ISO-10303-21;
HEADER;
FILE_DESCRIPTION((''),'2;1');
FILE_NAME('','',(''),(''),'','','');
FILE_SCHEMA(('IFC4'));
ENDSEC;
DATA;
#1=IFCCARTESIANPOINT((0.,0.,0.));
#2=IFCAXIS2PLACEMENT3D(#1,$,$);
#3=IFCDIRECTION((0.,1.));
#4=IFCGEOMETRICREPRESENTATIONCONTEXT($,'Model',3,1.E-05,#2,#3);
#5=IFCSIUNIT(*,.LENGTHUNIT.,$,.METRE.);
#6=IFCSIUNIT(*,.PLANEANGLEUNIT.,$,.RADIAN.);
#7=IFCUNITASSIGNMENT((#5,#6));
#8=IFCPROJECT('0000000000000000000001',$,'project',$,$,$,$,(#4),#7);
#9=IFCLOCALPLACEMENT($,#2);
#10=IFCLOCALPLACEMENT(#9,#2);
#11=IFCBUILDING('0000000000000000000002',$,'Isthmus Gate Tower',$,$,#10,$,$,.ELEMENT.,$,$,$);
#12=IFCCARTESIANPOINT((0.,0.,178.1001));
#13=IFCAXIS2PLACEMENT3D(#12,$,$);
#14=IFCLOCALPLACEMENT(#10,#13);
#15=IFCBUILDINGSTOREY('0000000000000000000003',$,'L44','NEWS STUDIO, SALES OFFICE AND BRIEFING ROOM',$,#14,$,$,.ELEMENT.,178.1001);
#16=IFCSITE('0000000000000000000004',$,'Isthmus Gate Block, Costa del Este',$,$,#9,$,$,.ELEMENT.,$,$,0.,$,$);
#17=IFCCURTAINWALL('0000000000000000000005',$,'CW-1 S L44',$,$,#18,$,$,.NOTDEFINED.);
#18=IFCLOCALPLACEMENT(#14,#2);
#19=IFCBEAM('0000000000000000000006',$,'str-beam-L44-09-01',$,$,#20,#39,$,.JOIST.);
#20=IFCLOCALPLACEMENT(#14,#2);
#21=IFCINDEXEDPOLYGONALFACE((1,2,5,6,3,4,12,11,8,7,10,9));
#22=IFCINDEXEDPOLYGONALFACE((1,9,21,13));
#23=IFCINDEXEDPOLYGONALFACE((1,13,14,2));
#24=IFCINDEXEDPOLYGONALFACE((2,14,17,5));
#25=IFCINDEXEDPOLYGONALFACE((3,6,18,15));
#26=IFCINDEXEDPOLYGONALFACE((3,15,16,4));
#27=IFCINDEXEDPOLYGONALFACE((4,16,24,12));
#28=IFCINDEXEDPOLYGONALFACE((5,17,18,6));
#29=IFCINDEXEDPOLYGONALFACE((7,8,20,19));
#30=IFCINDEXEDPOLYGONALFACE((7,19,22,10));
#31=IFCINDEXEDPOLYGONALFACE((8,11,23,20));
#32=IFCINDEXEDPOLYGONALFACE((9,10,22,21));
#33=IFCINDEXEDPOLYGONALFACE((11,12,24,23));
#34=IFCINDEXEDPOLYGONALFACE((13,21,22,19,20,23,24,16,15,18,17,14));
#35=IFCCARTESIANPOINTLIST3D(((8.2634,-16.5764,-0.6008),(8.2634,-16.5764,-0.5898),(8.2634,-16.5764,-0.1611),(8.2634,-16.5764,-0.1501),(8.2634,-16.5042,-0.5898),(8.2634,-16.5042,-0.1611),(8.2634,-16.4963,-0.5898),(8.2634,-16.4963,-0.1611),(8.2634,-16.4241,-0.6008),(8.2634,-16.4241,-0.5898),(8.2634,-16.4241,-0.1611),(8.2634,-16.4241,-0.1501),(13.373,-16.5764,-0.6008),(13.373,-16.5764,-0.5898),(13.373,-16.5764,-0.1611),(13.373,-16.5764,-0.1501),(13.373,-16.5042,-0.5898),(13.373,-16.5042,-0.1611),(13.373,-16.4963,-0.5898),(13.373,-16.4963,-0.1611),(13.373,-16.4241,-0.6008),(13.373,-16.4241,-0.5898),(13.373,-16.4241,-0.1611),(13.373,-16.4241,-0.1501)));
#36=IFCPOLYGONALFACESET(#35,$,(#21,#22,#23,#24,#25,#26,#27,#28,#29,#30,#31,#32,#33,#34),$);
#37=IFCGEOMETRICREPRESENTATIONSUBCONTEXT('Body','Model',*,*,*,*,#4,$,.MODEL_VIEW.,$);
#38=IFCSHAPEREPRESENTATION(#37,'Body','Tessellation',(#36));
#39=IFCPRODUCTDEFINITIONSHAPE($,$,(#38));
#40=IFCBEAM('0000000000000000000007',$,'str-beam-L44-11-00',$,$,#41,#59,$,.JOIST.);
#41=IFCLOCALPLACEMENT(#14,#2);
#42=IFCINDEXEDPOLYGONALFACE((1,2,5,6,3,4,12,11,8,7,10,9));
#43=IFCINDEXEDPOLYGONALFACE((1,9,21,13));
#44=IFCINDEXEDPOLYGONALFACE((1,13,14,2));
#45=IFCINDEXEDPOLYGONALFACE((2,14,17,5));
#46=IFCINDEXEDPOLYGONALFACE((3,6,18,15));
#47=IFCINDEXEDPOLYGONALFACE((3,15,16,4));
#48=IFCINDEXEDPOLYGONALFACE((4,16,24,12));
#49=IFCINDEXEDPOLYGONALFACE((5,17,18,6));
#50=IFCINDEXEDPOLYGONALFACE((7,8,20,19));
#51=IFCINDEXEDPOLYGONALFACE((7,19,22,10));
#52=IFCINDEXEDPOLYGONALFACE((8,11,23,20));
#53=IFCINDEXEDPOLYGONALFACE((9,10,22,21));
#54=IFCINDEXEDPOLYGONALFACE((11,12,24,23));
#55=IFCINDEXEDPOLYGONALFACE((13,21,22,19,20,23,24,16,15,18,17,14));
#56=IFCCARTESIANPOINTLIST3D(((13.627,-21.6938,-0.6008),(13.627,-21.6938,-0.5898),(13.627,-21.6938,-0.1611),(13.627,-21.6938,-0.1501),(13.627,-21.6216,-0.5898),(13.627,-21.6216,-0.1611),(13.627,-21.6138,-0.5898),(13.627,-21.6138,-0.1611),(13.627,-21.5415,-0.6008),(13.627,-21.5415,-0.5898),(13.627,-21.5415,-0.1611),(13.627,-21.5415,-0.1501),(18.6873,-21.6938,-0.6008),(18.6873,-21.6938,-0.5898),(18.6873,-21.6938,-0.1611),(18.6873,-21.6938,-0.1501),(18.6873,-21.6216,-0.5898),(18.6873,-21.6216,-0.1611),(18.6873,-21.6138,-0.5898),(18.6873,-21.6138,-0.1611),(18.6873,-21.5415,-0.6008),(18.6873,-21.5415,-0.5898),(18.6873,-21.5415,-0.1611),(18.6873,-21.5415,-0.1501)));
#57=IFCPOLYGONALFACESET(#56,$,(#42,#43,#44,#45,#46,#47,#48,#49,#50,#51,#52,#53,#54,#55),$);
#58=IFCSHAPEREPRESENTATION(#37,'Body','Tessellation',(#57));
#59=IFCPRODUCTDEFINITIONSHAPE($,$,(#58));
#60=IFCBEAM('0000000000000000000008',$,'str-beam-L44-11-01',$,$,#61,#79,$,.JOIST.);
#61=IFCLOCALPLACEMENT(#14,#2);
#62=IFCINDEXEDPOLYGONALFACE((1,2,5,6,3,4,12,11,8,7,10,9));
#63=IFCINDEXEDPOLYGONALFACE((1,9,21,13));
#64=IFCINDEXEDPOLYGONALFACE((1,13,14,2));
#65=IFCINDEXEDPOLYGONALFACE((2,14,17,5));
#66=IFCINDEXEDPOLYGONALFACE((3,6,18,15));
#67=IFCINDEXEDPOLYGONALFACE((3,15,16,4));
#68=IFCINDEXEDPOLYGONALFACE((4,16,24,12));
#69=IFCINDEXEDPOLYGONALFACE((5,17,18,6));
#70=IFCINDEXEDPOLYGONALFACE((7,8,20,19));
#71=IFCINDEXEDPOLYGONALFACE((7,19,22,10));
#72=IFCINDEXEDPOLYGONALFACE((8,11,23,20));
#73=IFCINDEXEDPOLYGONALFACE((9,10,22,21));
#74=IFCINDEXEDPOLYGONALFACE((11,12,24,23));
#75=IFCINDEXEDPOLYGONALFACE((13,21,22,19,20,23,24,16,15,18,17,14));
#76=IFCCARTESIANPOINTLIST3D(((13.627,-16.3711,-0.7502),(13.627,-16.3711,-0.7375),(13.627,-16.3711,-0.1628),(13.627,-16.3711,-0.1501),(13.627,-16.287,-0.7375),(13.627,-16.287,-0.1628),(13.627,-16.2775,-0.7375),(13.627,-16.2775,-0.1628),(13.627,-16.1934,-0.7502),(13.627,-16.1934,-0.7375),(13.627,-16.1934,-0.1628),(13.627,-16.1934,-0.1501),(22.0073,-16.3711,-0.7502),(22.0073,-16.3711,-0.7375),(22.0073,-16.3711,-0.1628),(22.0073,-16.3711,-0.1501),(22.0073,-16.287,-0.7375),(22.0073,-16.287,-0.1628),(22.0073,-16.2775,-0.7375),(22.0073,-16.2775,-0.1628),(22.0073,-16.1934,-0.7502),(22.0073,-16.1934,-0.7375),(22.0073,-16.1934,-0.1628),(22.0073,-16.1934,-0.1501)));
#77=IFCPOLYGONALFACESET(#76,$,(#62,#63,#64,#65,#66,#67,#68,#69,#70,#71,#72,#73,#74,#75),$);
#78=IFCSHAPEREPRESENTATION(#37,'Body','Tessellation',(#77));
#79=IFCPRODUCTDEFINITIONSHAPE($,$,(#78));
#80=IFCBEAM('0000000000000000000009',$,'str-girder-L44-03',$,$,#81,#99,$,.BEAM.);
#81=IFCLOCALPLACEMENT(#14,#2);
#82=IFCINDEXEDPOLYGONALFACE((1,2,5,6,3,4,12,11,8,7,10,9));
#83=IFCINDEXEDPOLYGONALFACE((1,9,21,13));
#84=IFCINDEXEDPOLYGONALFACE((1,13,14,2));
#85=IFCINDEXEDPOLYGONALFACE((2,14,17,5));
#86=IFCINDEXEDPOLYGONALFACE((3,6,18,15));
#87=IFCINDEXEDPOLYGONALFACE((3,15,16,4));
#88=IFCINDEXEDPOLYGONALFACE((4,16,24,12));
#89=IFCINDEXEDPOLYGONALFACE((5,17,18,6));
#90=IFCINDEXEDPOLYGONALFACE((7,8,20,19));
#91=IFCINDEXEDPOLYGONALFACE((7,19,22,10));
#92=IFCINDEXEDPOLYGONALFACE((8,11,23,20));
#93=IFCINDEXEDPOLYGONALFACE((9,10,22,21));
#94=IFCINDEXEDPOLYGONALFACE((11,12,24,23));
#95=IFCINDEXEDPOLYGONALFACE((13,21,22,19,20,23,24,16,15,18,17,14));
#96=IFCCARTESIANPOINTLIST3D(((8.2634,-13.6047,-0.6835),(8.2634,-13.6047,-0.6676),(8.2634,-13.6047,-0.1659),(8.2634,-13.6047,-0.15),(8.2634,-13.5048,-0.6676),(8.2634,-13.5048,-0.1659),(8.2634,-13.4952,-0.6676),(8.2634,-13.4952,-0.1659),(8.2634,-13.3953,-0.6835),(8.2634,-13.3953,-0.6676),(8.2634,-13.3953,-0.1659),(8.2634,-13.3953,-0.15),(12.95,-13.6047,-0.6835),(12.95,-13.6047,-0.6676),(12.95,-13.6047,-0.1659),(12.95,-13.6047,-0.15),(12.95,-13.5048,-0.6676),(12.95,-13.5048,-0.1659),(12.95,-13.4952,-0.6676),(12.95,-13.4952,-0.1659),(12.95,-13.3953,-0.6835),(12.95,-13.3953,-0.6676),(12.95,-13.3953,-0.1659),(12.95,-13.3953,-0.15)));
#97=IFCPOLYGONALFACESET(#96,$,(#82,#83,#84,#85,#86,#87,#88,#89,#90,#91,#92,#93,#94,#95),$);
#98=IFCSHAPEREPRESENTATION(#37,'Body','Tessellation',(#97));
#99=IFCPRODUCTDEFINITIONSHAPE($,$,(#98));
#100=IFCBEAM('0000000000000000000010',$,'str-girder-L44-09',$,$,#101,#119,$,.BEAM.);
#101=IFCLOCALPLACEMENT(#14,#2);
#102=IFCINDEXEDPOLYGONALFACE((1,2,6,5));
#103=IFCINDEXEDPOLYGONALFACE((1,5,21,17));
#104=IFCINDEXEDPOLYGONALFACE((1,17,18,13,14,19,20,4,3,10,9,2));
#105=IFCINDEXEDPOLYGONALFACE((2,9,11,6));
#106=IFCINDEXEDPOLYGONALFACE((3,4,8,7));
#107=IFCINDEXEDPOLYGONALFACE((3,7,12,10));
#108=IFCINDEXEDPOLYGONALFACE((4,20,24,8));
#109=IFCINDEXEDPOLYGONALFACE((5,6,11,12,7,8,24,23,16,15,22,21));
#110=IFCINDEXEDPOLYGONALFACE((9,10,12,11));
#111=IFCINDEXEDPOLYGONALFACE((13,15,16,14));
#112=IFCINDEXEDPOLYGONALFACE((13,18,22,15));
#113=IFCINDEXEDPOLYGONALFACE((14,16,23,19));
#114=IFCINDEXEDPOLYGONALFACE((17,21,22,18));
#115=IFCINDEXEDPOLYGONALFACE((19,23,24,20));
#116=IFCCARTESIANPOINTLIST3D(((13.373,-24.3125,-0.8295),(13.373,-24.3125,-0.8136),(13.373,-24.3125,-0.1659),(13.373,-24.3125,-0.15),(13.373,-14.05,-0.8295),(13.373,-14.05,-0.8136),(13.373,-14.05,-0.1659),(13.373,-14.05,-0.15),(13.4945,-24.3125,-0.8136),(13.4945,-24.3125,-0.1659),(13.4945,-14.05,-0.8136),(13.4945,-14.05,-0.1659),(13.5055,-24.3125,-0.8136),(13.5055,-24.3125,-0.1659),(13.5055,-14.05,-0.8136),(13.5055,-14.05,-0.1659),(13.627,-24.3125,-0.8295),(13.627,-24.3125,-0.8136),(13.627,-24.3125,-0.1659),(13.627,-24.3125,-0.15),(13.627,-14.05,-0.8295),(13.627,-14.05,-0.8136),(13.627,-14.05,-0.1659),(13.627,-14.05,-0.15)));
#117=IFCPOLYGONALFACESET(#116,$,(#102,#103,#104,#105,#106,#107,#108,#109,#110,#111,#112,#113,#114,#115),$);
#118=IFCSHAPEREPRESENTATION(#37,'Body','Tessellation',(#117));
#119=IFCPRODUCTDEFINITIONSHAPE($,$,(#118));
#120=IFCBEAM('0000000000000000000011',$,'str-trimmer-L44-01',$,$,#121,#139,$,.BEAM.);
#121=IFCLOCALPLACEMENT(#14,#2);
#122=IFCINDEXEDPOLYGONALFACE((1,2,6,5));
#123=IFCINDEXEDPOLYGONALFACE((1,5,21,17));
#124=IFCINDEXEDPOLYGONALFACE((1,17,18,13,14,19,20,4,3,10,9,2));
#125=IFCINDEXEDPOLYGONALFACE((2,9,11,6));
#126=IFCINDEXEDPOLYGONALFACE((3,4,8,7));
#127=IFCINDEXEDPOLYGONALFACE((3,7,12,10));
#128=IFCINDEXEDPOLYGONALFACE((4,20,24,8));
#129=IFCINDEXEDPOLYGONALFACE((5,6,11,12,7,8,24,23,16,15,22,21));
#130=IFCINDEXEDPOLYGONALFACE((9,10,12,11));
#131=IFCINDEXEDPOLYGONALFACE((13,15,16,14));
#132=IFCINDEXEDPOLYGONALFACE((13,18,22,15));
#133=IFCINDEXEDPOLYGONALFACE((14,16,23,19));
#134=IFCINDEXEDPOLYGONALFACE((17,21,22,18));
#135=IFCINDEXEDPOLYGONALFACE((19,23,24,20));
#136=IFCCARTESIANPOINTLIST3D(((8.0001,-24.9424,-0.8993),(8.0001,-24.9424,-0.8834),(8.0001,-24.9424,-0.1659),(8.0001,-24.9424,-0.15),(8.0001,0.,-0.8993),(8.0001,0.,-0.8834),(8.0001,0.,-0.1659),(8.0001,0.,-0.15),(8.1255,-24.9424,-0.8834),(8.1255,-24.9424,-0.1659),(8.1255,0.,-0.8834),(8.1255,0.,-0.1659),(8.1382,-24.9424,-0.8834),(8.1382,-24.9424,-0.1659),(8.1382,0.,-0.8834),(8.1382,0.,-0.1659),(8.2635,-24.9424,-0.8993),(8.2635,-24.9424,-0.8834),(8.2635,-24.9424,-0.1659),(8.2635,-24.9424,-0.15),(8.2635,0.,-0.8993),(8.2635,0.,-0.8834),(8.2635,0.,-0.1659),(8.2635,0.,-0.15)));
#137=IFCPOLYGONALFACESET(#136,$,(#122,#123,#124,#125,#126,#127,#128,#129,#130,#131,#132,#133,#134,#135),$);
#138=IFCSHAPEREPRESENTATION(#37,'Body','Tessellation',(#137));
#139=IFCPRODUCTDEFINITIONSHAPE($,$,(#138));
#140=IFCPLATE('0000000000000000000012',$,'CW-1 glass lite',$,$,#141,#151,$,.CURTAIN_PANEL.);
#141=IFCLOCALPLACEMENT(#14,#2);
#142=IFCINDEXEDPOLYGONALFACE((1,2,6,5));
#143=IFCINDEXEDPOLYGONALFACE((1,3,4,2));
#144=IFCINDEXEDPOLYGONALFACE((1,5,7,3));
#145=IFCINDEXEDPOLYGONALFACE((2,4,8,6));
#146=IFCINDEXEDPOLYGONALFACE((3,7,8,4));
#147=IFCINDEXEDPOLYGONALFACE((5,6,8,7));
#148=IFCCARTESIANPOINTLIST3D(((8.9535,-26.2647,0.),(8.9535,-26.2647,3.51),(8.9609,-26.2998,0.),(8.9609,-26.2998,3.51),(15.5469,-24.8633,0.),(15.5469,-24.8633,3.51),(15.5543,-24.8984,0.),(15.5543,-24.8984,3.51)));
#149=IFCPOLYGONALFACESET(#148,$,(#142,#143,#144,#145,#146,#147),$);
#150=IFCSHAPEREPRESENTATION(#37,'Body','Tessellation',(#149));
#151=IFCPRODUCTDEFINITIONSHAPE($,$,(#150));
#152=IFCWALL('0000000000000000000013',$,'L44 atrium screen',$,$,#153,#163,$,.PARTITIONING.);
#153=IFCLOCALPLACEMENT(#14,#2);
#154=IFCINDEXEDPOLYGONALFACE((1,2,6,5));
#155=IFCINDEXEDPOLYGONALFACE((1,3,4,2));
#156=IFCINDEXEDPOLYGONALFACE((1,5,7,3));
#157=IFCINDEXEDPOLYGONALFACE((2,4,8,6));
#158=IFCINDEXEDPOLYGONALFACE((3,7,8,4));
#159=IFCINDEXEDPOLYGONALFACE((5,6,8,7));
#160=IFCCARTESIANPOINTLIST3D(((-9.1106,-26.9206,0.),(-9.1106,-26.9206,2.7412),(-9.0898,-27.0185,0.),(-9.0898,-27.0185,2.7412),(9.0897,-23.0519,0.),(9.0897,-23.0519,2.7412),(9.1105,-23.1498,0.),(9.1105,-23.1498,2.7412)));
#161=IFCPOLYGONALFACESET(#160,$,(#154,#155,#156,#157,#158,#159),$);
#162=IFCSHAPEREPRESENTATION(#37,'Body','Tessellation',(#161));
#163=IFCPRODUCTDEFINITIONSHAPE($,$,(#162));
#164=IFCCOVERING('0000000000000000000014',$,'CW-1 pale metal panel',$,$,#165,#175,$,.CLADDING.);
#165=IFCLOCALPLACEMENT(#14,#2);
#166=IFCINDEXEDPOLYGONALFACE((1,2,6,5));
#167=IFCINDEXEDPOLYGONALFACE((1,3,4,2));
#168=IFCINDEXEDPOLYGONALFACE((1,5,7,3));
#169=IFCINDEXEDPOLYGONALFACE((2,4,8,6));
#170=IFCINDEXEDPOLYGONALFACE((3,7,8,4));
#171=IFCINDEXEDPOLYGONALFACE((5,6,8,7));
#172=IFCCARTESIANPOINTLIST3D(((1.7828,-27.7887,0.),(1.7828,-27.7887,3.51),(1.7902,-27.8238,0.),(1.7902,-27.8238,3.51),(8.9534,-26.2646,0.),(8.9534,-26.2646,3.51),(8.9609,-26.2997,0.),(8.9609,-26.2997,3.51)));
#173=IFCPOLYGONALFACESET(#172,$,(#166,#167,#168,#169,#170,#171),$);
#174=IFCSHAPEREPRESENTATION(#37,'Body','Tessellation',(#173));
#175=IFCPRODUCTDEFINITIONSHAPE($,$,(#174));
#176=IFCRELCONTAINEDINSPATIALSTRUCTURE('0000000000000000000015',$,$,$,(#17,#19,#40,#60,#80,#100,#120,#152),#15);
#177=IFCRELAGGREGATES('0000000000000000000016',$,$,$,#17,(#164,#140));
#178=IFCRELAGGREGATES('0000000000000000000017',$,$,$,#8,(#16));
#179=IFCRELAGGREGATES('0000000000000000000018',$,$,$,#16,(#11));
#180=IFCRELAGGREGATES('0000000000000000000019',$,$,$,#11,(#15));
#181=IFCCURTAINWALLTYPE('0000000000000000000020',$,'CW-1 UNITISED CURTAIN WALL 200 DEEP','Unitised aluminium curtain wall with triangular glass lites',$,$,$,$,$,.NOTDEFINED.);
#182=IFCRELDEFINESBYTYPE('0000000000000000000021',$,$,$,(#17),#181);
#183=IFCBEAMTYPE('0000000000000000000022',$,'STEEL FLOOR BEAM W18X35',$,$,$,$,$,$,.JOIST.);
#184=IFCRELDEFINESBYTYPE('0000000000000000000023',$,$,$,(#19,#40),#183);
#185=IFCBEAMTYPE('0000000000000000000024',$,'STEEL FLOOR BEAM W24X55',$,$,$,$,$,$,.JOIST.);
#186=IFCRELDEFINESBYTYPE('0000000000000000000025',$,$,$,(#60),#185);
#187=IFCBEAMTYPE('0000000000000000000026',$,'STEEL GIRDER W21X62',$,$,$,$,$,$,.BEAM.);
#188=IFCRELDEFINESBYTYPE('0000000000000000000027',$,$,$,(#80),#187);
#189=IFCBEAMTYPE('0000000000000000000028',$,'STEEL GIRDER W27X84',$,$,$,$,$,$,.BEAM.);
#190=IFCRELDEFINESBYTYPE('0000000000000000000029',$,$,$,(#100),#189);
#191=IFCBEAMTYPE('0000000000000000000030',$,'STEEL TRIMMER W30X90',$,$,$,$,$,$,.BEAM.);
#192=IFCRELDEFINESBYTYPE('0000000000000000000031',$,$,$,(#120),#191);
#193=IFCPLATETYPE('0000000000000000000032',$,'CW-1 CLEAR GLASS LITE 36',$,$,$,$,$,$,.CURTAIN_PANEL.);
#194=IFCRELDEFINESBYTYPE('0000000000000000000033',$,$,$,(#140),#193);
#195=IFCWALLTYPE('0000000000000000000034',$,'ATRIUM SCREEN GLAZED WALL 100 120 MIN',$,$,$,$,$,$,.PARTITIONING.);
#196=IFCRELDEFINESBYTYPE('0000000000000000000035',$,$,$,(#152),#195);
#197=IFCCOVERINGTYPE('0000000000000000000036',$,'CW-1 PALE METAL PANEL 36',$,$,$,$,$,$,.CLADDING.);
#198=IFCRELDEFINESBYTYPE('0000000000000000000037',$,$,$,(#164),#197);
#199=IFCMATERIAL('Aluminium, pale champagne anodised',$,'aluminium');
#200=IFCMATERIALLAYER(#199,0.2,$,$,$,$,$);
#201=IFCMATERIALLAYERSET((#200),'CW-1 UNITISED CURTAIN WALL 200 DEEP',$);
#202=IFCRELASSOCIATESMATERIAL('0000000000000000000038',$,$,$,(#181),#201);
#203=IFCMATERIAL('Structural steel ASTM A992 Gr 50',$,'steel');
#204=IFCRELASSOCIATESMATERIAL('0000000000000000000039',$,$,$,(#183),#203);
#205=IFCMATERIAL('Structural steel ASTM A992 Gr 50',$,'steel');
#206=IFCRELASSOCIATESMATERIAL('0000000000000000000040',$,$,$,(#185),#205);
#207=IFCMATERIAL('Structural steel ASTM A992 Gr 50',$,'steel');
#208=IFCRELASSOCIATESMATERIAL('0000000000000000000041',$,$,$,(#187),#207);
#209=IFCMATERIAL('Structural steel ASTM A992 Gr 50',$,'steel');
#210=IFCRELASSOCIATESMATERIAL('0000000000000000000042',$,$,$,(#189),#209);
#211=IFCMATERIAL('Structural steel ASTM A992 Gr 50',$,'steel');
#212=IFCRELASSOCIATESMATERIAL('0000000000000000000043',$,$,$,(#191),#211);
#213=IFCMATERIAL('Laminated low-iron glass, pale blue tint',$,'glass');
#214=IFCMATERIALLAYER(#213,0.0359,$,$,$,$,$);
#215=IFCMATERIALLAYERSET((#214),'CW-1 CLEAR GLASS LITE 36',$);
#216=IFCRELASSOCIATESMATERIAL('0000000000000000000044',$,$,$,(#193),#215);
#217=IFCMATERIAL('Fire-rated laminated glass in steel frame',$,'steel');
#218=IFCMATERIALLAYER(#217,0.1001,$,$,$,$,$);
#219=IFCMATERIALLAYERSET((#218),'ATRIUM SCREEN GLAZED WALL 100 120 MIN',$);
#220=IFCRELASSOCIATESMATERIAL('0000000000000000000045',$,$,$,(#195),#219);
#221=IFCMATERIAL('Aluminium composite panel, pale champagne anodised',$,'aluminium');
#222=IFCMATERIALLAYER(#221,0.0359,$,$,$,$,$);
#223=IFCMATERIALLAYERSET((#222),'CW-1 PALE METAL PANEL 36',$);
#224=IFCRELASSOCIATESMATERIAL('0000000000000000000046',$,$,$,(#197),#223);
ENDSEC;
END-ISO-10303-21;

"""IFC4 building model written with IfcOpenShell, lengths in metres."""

from ifc_helpers import new_model, si_unit, direction, frame, frame_2d, origin, origin_2d, place, context, subcontext, project, spatial, rectangle, i_section, extrude, material, layer, layer_set, material_profile, profile_set, type_object, element, aggregate, save


model = new_model("IFC4")

# Units and contexts
model_context = context("Model", 3, precision=1e-05, world=origin(), true_north=direction((0.0, 1.0)))
body_context = subcontext(model_context, "Body", "Model", "MODEL_VIEW")
ifc_project = project(units=[si_unit("LENGTHUNIT", "METRE"), si_unit("PLANEANGLEUNIT", "RADIAN")], contexts=[model_context])

# Site, building, storey
site_placement = place(None, origin())
site = spatial("IfcSite", under=ifc_project, at=site_placement, Name="Isthmus Gate Block, Costa del Este", CompositionType="ELEMENT", RefElevation=0.0)
building_placement = place(site_placement, origin())
building = spatial("IfcBuilding", under=site, at=building_placement, Name="Isthmus Gate Tower", CompositionType="ELEMENT")
storey_placement = place(building_placement, frame((0.0, 0.0, 178.1001)))
storey = spatial("IfcBuildingStorey", under=building, at=storey_placement, Name="L44", Description="NEWS STUDIO, SALES OFFICE AND BRIEFING ROOM", CompositionType="ELEMENT", Elevation=178.1001)

# Curtain wall
ifc_material_1 = material(Name="Aluminium, pale champagne anodised", Category="aluminium")
ifc_layer_1 = layer(ifc_material_1, 0.2)
ifc_layer_set_1 = layer_set([ifc_layer_1], Name="CW-1 UNITISED CURTAIN WALL 200 DEEP")
curtain_wall_type = type_object("IfcCurtainWallType", Name="CW-1 UNITISED CURTAIN WALL 200 DEEP", Description="Unitised aluminium curtain wall with triangular glass lites", PredefinedType="NOTDEFINED", material=ifc_layer_set_1)
curtain_wall_placement = place(storey_placement, origin())
curtain_wall = element("IfcCurtainWall", 1, at=curtain_wall_placement, inside=storey, type_object=curtain_wall_type, Name="CW-1 S L44", PredefinedType="NOTDEFINED")

# Beams
ifc_material_2 = material(Name="Structural steel ASTM A992 Gr 50", Category="steel")
ifc_material_profile_1 = material_profile(ifc_material_2, i_section(OverallWidth=0.1523, OverallDepth=0.4507, WebThickness=0.0078, FlangeThickness=0.011, at=origin_2d()), Name="W18X35")
ifc_profile_set_1 = profile_set([ifc_material_profile_1], Name="Structural steel ASTM A992 Gr 50")
beam_type_1 = type_object("IfcBeamType", Name="STEEL FLOOR BEAM W18X35", PredefinedType="JOIST", material=ifc_profile_set_1)
for number, where, z_axis, x_axis, name in (
    (2, (8.2634, -16.5002, -0.3755), (1.0, 0.0, 0.0), (0.0, 1.0, 0.0), "str-beam-L44-09-01"),
):
    element("IfcBeam", number, at=place(storey_placement, frame(where, z_axis=z_axis, x_axis=x_axis)), inside=storey, type_object=beam_type_1, Name=name, PredefinedType="JOIST", context=body_context, shape_type="SweptSolid", body=[
        extrude(i_section(OverallWidth=0.1523, OverallDepth=0.4507, WebThickness=0.0078, FlangeThickness=0.011, at=origin_2d()), origin(), (0.0, 0.0, 1.0), 5.1096),
    ])
beam_1_placement = place(storey_placement, frame((13.627, -21.6177, -0.3755), z_axis=(1.0, 0.0, 0.0), x_axis=(0.0, 1.0, 0.0)))
element("IfcBeam", 3, at=beam_1_placement, inside=storey, type_object=beam_type_1, Name="str-beam-L44-11-00", PredefinedType="JOIST", context=body_context, shape_type="SweptSolid", body=[
    extrude(i_section(OverallWidth=0.1523, OverallDepth=0.4507, WebThickness=0.0078, FlangeThickness=0.011, at=origin_2d()), origin(), (0.0, 0.0, 1.0), 5.0603),
])
ifc_material_3 = material(Name="Structural steel ASTM A992 Gr 50", Category="steel")
ifc_material_profile_2 = material_profile(ifc_material_3, i_section(OverallWidth=0.1777, OverallDepth=0.6001, WebThickness=0.0095, FlangeThickness=0.0127, at=origin_2d()), Name="W24X55")
ifc_profile_set_2 = profile_set([ifc_material_profile_2], Name="Structural steel ASTM A992 Gr 50")
beam_type_2 = type_object("IfcBeamType", Name="STEEL FLOOR BEAM W24X55", PredefinedType="JOIST", material=ifc_profile_set_2)
beam_2_placement = place(storey_placement, frame((13.627, -16.2822, -0.4502), z_axis=(1.0, 0.0, 0.0), x_axis=(0.0, 1.0, 0.0)))
element("IfcBeam", 4, at=beam_2_placement, inside=storey, type_object=beam_type_2, Name="str-beam-L44-11-01", PredefinedType="JOIST", context=body_context, shape_type="SweptSolid", body=[
    extrude(i_section(OverallWidth=0.1777, OverallDepth=0.6001, WebThickness=0.0095, FlangeThickness=0.0127, at=origin_2d()), origin(), (0.0, 0.0, 1.0), 8.3804),
])
ifc_material_4 = material(Name="Structural steel ASTM A992 Gr 50", Category="steel")
ifc_material_profile_3 = material_profile(ifc_material_4, i_section(OverallWidth=0.2095, OverallDepth=0.5334, WebThickness=0.0095, FlangeThickness=0.0159, at=origin_2d()), Name="W21X62")
ifc_profile_set_3 = profile_set([ifc_material_profile_3], Name="Structural steel ASTM A992 Gr 50")
beam_type_3 = type_object("IfcBeamType", Name="STEEL GIRDER W21X62", PredefinedType="BEAM", material=ifc_profile_set_3)
beam_3_placement = place(storey_placement, frame((8.2634, -13.5, -0.4167), z_axis=(1.0, 0.0, 0.0), x_axis=(0.0, 1.0, 0.0)))
element("IfcBeam", 5, at=beam_3_placement, inside=storey, type_object=beam_type_3, Name="str-girder-L44-03", PredefinedType="BEAM", context=body_context, shape_type="SweptSolid", body=[
    extrude(i_section(OverallWidth=0.2095, OverallDepth=0.5334, WebThickness=0.0095, FlangeThickness=0.0159, at=origin_2d()), origin(), (0.0, 0.0, 1.0), 4.6865),
])
ifc_material_5 = material(Name="Structural steel ASTM A992 Gr 50", Category="steel")
ifc_material_profile_4 = material_profile(ifc_material_5, i_section(OverallWidth=0.2539, OverallDepth=0.6794, WebThickness=0.011, FlangeThickness=0.0159, at=origin_2d()), Name="W27X84")
ifc_profile_set_4 = profile_set([ifc_material_profile_4], Name="Structural steel ASTM A992 Gr 50")
beam_type_4 = type_object("IfcBeamType", Name="STEEL GIRDER W27X84", PredefinedType="BEAM", material=ifc_profile_set_4)
beam_4_placement = place(storey_placement, frame((13.5, -24.3125, -0.4897), z_axis=(0.0, 1.0, 0.0), x_axis=(-1.0, 0.0, 0.0)))
element("IfcBeam", 6, at=beam_4_placement, inside=storey, type_object=beam_type_4, Name="str-girder-L44-09", PredefinedType="BEAM", context=body_context, shape_type="SweptSolid", body=[
    extrude(i_section(OverallWidth=0.2539, OverallDepth=0.6794, WebThickness=0.011, FlangeThickness=0.0159, at=origin_2d()), origin(), (0.0, 0.0, 1.0), 10.2625),
])
ifc_material_6 = material(Name="Structural steel ASTM A992 Gr 50", Category="steel")
ifc_material_profile_5 = material_profile(ifc_material_6, i_section(OverallWidth=0.2634, OverallDepth=0.7493, WebThickness=0.0127, FlangeThickness=0.0159, at=origin_2d()), Name="W30X90")
ifc_profile_set_5 = profile_set([ifc_material_profile_5], Name="Structural steel ASTM A992 Gr 50")
beam_type_5 = type_object("IfcBeamType", Name="STEEL TRIMMER W30X90", PredefinedType="BEAM", material=ifc_profile_set_5)
beam_5_placement = place(storey_placement, frame((8.1318, -24.9424, -0.5247), z_axis=(0.0, 1.0, 0.0), x_axis=(-1.0, 0.0, 0.0)))
element("IfcBeam", 7, at=beam_5_placement, inside=storey, type_object=beam_type_5, Name="str-trimmer-L44-01", PredefinedType="BEAM", context=body_context, shape_type="SweptSolid", body=[
    extrude(i_section(OverallWidth=0.2634, OverallDepth=0.7493, WebThickness=0.0127, FlangeThickness=0.0159, at=origin_2d()), origin(), (0.0, 0.0, 1.0), 24.9424),
])

# Plate
ifc_material_7 = material(Name="Laminated low-iron glass, pale blue tint", Category="glass")
ifc_layer_2 = layer(ifc_material_7, 0.0359)
ifc_layer_set_2 = layer_set([ifc_layer_2], Name="CW-1 CLEAR GLASS LITE 36")
plate_type = type_object("IfcPlateType", Name="CW-1 CLEAR GLASS LITE 36", PredefinedType="CURTAIN_PANEL", material=ifc_layer_set_2)
plate_placement = place(storey_placement, frame((12.2539, -25.5815, 0.0), z_axis=(0.0, 0.0, 1.0), x_axis=(0.978148, 0.207912, 0.0)))
plate = element("IfcPlate", 8, at=plate_placement, type_object=plate_type, Name="CW-1 glass lite", PredefinedType="CURTAIN_PANEL", context=body_context, shape_type="SweptSolid", body=[
    extrude(rectangle(XDim=6.7407, YDim=0.0359, at=origin_2d()), origin(), (0.0, 0.0, 1.0), 3.51),
])

# Wall
ifc_material_8 = material(Name="Fire-rated laminated glass in steel frame", Category="steel")
ifc_layer_3 = layer(ifc_material_8, 0.1001)
ifc_layer_set_3 = layer_set([ifc_layer_3], Name="ATRIUM SCREEN GLAZED WALL 100 120 MIN")
wall_type = type_object("IfcWallType", Name="ATRIUM SCREEN GLAZED WALL 100 120 MIN", PredefinedType="PARTITIONING", material=ifc_layer_set_3)
wall_placement = place(storey_placement, frame((9.1001, -23.1008, 0.0), z_axis=(0.0, 0.0, 1.0), x_axis=(-0.978147, -0.207916, 0.0)))
element("IfcWall", 9, at=wall_placement, inside=storey, type_object=wall_type, Name="L44 atrium screen", PredefinedType="PARTITIONING", context=body_context, shape_type="SweptSolid", body=[
    extrude(rectangle(XDim=18.6069, YDim=0.1001, at=frame_2d((9.3035, 0.0))), origin(), (0.0, 0.0, 1.0), 2.7412),
])

# Covering
ifc_material_9 = material(Name="Aluminium composite panel, pale champagne anodised", Category="aluminium")
ifc_layer_4 = layer(ifc_material_9, 0.0359)
ifc_layer_set_4 = layer_set([ifc_layer_4], Name="CW-1 PALE METAL PANEL 36")
covering_type = type_object("IfcCoveringType", Name="CW-1 PALE METAL PANEL 36", PredefinedType="CLADDING", material=ifc_layer_set_4)
covering_placement = place(storey_placement, frame((5.3718, -27.0442, 0.0), z_axis=(0.0, 0.0, 1.0), x_axis=(0.978148, 0.207912, 0.0)))
covering = element("IfcCovering", 10, at=covering_placement, type_object=covering_type, Name="CW-1 pale metal panel", PredefinedType="CLADDING", context=body_context, shape_type="SweptSolid", body=[
    extrude(rectangle(XDim=7.3308, YDim=0.0359, at=origin_2d()), origin(), (0.0, 0.0, 1.0), 3.51),
])
aggregate(curtain_wall, [covering, plate])

save(model, "model.ifc")
